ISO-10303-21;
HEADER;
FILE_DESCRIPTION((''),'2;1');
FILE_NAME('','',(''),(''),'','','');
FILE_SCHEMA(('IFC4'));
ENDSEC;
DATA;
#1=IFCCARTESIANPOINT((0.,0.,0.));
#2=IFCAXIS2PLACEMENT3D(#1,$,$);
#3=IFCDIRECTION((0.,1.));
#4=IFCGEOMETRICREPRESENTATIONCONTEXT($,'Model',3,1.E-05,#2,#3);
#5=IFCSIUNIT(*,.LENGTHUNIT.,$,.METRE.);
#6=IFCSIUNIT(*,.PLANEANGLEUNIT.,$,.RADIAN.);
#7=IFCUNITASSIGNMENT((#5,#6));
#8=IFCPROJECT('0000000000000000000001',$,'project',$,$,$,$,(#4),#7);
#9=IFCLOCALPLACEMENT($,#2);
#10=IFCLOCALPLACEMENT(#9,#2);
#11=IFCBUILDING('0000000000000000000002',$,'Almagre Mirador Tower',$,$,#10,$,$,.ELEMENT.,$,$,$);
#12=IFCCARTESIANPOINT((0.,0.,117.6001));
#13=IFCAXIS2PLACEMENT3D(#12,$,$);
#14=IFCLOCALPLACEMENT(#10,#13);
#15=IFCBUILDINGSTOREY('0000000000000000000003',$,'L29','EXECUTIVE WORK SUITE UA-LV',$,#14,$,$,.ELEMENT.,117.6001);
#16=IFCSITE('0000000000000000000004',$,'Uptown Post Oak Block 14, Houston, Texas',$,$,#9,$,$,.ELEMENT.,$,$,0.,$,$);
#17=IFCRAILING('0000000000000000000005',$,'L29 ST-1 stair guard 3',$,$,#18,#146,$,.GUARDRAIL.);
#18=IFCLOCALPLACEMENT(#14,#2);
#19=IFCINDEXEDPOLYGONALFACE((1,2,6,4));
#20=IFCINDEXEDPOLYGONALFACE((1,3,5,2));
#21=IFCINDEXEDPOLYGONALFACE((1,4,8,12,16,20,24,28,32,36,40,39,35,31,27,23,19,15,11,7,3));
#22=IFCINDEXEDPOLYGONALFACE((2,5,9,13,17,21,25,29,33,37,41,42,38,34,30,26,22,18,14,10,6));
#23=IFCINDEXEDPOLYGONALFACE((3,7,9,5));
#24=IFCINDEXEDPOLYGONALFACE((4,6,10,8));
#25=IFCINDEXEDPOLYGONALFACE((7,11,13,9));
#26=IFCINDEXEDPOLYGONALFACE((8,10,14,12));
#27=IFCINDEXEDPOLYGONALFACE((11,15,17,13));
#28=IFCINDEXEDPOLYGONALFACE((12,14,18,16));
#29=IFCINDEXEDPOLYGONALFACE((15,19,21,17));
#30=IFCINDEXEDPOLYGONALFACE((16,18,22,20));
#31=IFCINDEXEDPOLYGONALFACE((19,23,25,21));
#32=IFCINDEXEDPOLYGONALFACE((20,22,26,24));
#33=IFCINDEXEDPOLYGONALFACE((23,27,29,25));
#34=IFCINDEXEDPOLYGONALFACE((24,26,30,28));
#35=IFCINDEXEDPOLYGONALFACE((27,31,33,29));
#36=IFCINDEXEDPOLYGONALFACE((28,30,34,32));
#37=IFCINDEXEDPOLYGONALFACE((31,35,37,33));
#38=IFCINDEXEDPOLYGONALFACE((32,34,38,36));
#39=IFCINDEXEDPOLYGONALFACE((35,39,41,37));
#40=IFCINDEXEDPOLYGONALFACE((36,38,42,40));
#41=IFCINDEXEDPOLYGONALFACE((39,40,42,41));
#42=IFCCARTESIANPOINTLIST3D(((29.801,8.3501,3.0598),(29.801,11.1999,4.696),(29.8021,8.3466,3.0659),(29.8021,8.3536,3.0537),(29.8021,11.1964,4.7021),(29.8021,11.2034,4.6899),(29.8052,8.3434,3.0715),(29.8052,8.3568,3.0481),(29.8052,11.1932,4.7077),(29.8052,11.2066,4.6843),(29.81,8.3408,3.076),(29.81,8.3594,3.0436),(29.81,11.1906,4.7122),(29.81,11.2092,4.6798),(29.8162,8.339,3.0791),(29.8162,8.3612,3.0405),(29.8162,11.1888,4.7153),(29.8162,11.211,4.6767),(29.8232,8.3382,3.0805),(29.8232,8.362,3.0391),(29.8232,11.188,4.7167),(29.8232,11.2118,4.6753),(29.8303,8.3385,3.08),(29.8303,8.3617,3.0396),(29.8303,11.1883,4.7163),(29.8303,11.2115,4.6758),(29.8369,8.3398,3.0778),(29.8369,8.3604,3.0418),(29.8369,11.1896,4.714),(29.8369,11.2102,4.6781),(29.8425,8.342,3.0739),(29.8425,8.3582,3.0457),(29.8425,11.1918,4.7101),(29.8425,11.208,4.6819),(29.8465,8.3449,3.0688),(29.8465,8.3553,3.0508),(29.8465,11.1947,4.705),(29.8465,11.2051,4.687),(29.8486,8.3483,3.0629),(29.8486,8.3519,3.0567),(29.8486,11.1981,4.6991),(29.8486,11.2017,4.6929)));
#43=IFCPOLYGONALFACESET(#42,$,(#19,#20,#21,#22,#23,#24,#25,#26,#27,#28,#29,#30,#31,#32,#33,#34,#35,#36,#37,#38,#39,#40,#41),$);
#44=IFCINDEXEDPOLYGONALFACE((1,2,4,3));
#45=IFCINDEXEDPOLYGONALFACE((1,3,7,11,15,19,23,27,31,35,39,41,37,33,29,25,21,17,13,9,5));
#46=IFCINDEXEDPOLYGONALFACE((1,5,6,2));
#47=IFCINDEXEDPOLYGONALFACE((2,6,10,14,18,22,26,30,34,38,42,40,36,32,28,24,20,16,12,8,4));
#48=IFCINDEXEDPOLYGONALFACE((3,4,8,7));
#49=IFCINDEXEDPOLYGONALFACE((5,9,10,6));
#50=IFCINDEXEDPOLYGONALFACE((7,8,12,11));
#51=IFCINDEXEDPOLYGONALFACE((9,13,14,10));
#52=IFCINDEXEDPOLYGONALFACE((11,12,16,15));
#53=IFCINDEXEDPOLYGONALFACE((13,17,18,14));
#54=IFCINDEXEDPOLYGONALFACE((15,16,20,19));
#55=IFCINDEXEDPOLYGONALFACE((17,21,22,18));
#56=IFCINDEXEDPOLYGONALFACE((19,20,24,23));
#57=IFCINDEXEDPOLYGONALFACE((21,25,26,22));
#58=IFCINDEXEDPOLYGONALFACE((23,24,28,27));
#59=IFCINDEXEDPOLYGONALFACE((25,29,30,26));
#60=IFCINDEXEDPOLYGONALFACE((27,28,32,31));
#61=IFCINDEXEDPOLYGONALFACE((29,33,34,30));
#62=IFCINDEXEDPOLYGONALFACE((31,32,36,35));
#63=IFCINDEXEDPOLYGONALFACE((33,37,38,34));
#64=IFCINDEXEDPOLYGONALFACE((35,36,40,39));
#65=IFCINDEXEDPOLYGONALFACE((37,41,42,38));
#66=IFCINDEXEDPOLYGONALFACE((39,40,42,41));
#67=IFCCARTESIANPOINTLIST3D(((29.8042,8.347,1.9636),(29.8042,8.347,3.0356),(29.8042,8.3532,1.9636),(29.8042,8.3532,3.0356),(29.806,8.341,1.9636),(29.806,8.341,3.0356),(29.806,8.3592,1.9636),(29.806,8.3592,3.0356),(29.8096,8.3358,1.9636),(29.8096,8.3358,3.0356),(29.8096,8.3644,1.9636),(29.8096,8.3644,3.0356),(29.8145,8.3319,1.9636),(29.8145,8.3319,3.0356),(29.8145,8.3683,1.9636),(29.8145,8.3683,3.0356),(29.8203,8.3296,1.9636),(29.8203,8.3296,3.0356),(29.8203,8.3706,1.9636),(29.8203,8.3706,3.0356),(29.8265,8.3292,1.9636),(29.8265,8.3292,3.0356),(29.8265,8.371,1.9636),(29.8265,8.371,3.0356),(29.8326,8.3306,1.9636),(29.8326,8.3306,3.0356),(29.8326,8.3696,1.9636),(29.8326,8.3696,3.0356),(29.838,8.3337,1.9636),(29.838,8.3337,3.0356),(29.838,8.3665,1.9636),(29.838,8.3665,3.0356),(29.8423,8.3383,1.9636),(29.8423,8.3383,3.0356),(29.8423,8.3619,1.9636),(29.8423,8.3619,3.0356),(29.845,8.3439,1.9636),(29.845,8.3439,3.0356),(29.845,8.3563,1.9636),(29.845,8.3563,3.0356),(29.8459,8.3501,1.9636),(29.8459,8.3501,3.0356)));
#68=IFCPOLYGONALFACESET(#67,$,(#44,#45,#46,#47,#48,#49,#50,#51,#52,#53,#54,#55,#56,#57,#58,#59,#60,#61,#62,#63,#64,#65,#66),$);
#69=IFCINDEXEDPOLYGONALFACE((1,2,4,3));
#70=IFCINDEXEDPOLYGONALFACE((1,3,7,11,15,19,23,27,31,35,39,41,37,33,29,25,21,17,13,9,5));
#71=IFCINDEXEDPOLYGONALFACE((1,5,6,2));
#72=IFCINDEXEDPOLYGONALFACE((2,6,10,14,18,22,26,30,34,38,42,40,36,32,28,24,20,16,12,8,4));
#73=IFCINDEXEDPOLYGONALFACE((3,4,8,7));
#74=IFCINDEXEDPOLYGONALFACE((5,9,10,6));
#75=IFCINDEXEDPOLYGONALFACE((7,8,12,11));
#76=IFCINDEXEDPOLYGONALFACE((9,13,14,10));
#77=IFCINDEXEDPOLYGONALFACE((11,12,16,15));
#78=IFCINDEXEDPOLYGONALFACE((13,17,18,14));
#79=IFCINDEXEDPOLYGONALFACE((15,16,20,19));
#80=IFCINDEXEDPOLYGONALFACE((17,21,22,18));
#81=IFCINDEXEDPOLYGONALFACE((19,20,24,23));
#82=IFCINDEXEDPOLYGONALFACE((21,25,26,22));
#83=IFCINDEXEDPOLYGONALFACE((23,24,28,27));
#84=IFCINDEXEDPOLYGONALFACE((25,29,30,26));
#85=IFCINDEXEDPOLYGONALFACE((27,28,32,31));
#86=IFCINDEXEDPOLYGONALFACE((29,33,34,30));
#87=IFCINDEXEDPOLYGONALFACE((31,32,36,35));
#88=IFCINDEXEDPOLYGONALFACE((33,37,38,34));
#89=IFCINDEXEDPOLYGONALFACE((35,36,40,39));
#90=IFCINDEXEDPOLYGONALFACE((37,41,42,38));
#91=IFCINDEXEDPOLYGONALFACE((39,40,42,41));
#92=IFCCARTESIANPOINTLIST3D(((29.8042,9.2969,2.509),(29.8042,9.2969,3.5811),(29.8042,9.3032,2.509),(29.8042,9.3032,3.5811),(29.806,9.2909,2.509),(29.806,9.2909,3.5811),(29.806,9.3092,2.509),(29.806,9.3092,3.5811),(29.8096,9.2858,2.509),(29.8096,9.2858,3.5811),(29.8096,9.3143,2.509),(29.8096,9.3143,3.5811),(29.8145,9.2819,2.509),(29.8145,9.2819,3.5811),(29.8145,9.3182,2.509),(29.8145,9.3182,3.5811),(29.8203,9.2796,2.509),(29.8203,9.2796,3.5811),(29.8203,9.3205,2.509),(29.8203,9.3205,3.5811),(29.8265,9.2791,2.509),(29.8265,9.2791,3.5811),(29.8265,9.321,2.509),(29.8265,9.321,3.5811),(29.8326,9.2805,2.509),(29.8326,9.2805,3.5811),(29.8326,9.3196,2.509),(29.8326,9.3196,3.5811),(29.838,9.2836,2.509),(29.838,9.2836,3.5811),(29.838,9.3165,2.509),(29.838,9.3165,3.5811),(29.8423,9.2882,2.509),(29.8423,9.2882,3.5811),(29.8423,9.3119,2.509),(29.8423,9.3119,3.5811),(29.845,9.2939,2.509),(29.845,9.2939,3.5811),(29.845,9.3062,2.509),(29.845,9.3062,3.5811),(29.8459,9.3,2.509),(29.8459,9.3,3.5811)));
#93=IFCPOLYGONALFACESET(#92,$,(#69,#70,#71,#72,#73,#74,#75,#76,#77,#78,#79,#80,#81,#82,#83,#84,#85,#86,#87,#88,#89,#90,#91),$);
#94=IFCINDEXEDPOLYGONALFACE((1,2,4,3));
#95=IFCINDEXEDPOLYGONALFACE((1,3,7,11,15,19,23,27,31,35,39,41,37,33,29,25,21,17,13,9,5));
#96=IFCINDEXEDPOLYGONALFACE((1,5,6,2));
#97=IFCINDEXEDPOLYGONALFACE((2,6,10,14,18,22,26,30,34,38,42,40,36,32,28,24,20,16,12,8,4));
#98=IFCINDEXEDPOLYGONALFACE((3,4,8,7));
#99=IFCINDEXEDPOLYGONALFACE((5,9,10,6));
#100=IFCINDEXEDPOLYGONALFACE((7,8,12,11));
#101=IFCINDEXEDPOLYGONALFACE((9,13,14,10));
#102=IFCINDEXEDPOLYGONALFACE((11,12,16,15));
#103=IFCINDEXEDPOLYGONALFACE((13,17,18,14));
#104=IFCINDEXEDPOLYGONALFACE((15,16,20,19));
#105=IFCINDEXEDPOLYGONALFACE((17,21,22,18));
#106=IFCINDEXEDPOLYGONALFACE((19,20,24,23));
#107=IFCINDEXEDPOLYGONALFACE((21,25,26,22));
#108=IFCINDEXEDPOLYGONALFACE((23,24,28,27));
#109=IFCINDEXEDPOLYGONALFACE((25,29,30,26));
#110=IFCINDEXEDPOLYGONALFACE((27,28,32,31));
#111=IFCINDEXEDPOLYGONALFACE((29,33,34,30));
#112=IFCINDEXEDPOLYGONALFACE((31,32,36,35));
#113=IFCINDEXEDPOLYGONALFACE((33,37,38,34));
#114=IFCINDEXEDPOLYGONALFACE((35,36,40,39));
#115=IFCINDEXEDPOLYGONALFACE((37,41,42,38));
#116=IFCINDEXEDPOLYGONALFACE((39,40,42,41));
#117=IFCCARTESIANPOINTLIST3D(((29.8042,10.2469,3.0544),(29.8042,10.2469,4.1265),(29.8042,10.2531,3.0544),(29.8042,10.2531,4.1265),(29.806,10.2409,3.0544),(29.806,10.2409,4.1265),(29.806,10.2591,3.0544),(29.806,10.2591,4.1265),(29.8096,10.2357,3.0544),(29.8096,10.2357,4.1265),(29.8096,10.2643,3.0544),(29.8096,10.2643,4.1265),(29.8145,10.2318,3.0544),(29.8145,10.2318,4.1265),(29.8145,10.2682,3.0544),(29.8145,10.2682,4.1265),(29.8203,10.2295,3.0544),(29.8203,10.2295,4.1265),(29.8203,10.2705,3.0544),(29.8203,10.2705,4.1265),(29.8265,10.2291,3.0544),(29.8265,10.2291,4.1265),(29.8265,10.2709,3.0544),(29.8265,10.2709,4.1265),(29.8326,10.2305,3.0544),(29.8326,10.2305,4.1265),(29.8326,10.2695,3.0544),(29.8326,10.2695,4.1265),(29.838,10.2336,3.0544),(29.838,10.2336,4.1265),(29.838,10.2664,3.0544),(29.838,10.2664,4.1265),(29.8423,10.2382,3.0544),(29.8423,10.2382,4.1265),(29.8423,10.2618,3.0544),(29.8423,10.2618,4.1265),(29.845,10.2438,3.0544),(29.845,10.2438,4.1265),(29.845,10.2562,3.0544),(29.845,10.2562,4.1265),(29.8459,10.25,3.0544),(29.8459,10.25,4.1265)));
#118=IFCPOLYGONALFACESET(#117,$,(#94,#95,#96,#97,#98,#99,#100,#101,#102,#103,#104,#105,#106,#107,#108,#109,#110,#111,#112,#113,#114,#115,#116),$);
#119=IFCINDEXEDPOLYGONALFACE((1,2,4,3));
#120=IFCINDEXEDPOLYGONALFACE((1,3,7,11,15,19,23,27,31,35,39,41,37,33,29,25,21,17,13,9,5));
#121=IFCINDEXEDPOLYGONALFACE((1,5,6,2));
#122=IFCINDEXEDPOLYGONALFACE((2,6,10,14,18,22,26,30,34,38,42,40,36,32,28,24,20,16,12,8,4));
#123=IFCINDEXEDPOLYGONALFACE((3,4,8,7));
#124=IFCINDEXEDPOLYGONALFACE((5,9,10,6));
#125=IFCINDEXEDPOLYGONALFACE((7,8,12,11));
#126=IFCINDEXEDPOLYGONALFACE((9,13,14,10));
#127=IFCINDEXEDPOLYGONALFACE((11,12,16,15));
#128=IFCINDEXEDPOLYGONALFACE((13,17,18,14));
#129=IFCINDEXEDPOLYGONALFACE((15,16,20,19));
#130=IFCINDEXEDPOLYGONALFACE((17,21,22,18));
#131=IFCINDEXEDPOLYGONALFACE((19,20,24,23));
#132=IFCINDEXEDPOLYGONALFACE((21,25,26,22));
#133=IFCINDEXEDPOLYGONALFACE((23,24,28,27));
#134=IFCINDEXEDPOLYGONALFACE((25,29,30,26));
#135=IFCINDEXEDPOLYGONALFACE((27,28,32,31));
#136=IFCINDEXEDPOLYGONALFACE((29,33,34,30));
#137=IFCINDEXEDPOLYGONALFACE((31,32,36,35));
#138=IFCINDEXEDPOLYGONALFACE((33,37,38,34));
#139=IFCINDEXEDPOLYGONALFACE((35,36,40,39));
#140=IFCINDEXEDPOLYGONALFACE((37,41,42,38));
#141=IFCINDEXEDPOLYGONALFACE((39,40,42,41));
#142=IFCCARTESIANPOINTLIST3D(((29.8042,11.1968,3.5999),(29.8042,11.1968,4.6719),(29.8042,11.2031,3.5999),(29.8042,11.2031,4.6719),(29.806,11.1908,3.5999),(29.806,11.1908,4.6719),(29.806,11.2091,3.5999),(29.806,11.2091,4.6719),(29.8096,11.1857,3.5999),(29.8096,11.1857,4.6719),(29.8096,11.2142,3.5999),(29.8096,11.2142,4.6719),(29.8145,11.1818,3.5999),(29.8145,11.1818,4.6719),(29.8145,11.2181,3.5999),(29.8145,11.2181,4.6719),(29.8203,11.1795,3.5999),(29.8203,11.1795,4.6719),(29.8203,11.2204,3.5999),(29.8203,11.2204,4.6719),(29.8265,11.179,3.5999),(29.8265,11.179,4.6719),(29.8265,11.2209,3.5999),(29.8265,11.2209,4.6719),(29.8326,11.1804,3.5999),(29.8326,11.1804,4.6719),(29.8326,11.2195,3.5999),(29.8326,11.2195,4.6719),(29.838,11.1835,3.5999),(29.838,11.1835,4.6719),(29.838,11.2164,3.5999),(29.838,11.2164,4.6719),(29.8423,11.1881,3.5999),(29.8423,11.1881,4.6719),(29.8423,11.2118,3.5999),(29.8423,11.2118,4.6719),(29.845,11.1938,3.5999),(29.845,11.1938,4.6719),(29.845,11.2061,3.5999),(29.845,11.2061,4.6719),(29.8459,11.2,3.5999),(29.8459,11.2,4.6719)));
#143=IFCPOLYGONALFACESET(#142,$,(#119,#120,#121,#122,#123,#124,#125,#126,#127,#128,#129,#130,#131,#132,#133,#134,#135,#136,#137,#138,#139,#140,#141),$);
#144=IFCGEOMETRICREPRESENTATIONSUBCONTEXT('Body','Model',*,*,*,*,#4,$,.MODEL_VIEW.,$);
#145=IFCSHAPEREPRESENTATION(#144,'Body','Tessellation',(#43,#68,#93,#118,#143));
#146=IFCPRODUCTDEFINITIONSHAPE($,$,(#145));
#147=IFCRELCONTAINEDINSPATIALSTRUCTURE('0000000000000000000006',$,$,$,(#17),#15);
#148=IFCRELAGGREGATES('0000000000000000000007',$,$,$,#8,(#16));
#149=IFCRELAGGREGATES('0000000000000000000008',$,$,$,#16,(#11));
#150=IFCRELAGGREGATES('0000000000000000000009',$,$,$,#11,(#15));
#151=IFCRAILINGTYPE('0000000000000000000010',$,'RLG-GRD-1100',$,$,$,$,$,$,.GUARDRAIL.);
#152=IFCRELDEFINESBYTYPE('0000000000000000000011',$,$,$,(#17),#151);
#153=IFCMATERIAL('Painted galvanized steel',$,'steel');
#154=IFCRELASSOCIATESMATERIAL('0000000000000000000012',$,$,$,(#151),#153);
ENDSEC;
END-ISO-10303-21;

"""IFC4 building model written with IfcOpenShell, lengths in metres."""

from ifc_helpers import new_model, si_unit, direction, frame, origin, origin_2d, place, context, subcontext, project, spatial, circle, extrude, material, type_object, element, save


model = new_model("IFC4")

# Units and contexts
model_context = context("Model", 3, precision=1e-05, world=origin(), true_north=direction((0.0, 1.0)))
body_context = subcontext(model_context, "Body", "Model", "MODEL_VIEW")
ifc_project = project(units=[si_unit("LENGTHUNIT", "METRE"), si_unit("PLANEANGLEUNIT", "RADIAN")], contexts=[model_context])

# Site, building, storey
site_placement = place(None, origin())
site = spatial("IfcSite", under=ifc_project, at=site_placement, Name="Uptown Post Oak Block 14, Houston, Texas", CompositionType="ELEMENT", RefElevation=0.0)
building_placement = place(site_placement, origin())
building = spatial("IfcBuilding", under=site, at=building_placement, Name="Almagre Mirador Tower", CompositionType="ELEMENT")
storey_placement = place(building_placement, frame((0.0, 0.0, 117.6001)))
storey = spatial("IfcBuildingStorey", under=building, at=storey_placement, Name="L29", Description="EXECUTIVE WORK SUITE UA-LV", CompositionType="ELEMENT", Elevation=117.6001)

# Railing
ifc_material_1 = material(Name="Painted galvanized steel", Category="steel")
railing_type_1 = type_object("IfcRailingType", Name="RLG-GRD-1100", PredefinedType="GUARDRAIL", material=ifc_material_1)
railing_1_placement = place(storey_placement, frame((29.825, 8.3501, 1.9636)))
element("IfcRailing", 1, at=railing_1_placement, inside=storey, type_object=railing_type_1, Name="L29 ST-1 stair guard 3", PredefinedType="GUARDRAIL", context=body_context, shape_type="SweptSolid", body=[
    extrude(circle(Radius=0.0239, at=origin_2d()), frame((0.0, 0.0, 1.0962), z_axis=(0.0, 0.867226, 0.497914), x_axis=(-1.0, 0.0, 0.0)), (0.0, 0.0, 1.0), 3.2861),
    extrude(circle(Radius=0.021, at=origin_2d()), origin(), (0.0, 0.0, 1.0), 1.072),
    extrude(circle(Radius=0.021, at=origin_2d()), frame((0.0, 0.95, 0.5454)), (0.0, 0.0, 1.0), 1.072),
    extrude(circle(Radius=0.021, at=origin_2d()), frame((0.0, 1.8999, 1.0908)), (0.0, 0.0, 1.0), 1.072),
    extrude(circle(Radius=0.021, at=origin_2d()), frame((0.0, 2.8499, 1.6362)), (0.0, 0.0, 1.0), 1.072),
])

save(model, "model.ifc")
